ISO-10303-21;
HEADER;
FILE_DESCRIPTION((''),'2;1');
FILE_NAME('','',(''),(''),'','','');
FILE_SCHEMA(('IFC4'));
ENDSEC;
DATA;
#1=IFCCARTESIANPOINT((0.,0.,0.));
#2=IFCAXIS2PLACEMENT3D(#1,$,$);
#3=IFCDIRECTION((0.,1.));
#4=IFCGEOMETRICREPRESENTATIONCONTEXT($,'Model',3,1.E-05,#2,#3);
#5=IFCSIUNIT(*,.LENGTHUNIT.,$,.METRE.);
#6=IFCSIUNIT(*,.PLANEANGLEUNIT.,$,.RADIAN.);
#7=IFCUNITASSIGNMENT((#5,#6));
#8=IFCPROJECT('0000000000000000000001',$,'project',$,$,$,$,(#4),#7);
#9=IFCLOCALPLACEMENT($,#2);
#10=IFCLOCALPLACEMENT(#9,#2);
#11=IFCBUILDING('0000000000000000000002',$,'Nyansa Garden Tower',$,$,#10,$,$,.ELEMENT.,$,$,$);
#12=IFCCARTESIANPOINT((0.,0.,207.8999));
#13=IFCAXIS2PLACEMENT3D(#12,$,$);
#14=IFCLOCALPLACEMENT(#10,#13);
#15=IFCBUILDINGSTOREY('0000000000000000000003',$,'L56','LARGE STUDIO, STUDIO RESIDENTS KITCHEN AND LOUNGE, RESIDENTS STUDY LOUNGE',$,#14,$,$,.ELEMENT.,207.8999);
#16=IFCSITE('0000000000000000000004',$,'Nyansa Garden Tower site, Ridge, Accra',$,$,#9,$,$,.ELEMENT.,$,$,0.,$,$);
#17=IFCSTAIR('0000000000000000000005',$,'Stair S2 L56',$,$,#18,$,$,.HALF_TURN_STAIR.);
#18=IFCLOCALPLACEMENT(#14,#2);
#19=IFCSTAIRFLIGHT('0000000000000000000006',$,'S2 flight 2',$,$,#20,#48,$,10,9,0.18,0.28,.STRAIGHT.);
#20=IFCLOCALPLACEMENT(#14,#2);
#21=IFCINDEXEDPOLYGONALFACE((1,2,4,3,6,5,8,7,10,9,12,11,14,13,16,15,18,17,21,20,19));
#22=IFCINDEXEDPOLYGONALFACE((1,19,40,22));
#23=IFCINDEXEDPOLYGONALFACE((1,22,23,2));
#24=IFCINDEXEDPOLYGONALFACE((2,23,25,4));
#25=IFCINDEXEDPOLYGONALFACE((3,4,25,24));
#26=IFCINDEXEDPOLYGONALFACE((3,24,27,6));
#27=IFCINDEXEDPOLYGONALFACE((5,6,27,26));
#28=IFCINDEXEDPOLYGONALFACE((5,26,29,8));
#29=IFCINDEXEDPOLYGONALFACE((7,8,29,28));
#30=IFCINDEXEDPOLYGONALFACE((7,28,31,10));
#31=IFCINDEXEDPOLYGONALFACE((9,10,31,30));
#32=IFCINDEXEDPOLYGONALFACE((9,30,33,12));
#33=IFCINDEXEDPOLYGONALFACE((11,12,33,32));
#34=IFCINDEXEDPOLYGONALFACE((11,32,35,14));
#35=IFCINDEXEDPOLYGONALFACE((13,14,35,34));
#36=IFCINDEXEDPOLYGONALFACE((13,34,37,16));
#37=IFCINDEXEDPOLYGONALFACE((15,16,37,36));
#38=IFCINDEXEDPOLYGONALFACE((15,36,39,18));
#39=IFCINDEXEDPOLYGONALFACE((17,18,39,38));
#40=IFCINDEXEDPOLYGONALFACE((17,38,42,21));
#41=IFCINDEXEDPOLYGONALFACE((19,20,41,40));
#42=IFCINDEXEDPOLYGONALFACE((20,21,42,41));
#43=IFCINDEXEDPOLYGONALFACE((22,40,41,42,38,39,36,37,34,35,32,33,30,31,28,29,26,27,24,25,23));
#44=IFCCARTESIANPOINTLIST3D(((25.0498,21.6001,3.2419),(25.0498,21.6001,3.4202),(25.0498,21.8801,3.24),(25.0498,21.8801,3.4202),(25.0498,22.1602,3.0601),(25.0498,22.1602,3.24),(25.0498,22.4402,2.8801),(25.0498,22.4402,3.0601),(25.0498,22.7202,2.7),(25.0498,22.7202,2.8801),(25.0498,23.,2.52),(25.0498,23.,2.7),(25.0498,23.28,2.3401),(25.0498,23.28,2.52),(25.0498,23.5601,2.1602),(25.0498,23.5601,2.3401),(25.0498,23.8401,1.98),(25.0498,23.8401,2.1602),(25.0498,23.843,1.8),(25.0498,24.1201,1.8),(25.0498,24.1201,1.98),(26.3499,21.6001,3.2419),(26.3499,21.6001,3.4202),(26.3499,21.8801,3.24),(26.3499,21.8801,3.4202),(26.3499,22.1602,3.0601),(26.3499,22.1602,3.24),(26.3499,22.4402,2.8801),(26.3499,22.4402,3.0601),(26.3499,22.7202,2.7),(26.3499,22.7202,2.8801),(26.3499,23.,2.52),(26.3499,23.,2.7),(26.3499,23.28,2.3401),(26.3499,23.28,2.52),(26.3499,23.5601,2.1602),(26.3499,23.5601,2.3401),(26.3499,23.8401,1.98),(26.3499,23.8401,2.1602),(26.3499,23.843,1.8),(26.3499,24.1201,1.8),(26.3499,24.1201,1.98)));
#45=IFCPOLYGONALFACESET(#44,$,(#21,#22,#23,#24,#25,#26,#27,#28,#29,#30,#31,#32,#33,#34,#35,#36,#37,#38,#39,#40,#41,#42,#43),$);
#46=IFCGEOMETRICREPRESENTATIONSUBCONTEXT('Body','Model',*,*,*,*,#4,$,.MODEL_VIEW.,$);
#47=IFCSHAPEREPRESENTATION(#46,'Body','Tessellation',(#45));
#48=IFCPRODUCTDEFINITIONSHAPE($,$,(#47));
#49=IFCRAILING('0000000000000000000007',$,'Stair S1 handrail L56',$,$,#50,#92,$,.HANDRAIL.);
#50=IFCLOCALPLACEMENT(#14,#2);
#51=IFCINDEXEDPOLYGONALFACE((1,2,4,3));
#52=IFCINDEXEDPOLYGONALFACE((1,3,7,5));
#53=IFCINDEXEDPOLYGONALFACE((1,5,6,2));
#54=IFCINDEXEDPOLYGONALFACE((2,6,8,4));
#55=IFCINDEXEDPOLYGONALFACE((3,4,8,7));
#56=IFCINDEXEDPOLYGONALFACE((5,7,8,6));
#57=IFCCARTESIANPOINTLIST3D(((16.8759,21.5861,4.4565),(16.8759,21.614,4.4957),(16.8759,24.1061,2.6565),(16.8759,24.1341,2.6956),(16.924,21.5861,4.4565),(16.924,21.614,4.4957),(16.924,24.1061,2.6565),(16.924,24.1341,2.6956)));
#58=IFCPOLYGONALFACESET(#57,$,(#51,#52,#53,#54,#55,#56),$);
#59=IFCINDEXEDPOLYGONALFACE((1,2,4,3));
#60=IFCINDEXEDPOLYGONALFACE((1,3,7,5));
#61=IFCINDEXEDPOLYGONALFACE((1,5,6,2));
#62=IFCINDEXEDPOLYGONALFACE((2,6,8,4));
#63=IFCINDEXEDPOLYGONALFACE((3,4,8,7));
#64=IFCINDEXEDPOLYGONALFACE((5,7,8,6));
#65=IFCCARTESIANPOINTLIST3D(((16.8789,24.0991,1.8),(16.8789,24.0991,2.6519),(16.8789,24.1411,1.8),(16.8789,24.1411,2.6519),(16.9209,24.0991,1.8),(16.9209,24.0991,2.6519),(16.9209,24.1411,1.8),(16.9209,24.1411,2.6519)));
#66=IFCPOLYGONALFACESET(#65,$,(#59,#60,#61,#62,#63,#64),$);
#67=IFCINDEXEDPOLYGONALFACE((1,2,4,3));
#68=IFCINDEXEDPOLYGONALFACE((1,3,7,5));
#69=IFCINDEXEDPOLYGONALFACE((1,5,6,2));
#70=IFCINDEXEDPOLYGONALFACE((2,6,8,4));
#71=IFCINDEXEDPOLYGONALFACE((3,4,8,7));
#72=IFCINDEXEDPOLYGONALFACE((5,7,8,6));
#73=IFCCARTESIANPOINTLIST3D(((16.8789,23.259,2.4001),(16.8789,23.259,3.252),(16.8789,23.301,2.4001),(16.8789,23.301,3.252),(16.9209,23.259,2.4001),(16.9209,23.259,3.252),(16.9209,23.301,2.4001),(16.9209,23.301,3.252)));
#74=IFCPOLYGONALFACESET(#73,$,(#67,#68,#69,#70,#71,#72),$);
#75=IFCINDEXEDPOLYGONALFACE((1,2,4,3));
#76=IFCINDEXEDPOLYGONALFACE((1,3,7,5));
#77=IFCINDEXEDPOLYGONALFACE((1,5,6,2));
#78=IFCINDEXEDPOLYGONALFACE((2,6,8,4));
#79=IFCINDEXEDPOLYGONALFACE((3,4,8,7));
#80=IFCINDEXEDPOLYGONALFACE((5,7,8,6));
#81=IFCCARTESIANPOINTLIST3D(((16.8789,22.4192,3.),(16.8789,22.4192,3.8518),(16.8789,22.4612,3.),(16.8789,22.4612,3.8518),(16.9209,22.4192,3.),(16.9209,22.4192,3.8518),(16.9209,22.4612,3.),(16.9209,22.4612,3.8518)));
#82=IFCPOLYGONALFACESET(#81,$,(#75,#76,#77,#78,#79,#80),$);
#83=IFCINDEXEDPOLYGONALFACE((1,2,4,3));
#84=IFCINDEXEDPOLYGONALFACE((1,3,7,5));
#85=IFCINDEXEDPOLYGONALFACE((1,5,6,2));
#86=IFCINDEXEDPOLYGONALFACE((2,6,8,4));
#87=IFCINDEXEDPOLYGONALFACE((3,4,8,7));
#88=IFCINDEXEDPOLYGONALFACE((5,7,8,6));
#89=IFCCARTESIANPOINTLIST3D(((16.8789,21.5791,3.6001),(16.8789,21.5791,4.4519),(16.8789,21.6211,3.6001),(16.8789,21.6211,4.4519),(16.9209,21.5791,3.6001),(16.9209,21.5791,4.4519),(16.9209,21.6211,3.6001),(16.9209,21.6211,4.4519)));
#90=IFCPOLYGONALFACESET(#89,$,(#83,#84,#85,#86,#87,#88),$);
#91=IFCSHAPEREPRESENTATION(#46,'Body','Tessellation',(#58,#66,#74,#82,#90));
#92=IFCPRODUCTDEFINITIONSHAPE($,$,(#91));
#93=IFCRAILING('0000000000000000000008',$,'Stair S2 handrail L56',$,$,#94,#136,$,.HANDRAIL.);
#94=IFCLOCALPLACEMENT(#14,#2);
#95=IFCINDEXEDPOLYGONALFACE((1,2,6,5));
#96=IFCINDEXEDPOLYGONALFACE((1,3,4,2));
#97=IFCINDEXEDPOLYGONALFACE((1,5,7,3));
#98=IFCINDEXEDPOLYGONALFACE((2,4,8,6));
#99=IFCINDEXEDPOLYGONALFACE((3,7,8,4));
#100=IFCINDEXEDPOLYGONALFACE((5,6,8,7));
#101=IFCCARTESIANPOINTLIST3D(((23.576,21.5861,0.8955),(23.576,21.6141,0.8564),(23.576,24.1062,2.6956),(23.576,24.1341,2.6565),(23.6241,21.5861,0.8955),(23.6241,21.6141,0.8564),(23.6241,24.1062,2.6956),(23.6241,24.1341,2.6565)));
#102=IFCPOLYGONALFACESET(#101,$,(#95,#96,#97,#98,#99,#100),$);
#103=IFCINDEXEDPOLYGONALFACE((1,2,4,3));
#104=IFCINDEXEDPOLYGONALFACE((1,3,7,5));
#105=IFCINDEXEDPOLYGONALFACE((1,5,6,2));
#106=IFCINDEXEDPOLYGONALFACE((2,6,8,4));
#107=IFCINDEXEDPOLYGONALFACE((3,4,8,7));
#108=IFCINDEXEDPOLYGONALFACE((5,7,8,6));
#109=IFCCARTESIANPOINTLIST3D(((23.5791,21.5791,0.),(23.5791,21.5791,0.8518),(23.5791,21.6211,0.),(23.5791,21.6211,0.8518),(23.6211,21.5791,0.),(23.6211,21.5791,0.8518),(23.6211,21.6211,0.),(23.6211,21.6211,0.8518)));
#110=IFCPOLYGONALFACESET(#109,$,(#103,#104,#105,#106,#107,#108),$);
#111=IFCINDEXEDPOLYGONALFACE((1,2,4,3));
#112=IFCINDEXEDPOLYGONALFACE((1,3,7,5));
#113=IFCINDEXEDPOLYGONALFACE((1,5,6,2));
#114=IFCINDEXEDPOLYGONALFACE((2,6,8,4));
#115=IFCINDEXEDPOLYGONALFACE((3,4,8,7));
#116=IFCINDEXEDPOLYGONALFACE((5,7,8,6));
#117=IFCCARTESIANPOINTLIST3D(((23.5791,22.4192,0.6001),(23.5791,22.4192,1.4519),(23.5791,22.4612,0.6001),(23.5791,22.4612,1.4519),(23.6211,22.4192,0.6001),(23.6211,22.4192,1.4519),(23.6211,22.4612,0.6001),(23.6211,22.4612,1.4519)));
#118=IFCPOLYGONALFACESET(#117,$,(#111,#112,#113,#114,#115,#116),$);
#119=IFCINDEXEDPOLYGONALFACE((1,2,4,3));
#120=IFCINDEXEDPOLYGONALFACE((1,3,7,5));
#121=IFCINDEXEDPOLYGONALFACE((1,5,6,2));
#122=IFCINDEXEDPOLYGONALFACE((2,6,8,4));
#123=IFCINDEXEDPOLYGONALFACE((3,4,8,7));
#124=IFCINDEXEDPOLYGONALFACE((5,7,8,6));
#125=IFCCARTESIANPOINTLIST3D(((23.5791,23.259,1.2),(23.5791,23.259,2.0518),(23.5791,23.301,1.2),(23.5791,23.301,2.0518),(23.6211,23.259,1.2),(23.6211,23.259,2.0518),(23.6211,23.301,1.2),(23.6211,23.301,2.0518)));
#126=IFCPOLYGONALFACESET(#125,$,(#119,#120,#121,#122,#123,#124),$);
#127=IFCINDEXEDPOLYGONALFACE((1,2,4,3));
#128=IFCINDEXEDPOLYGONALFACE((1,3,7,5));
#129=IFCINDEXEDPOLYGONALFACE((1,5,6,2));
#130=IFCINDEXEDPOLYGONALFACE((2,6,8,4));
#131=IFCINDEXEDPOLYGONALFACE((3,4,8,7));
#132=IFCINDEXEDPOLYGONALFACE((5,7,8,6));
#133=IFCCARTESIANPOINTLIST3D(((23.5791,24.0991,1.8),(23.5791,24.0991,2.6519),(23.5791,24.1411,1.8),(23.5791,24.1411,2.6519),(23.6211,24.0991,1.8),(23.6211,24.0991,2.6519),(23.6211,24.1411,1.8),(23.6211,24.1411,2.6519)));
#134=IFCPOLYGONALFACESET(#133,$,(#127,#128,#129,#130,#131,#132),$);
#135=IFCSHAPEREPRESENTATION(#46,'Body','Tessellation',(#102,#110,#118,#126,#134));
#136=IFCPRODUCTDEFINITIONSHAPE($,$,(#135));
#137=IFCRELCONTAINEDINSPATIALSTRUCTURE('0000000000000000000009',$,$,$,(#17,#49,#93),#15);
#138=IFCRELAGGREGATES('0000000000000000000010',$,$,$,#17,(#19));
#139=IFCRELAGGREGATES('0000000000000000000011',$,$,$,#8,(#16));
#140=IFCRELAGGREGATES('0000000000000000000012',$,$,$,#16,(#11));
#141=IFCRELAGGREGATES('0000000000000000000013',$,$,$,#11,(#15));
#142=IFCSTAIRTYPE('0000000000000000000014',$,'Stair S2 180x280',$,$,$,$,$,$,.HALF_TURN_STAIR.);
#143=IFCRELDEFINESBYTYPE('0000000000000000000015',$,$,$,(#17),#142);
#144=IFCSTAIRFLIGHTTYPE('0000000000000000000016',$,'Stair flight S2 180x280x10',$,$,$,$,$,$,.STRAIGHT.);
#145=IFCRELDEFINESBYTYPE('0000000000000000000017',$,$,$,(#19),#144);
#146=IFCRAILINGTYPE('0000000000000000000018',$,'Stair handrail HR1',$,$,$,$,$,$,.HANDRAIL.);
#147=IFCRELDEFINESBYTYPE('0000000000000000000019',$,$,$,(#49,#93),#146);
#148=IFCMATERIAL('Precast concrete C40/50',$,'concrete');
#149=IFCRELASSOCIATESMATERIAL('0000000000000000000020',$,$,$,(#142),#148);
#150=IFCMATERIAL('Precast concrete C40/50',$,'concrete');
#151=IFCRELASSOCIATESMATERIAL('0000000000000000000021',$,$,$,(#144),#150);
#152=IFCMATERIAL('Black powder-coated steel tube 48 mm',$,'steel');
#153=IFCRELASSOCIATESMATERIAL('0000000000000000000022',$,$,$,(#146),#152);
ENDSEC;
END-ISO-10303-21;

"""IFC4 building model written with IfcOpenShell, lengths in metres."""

from ifc_helpers import new_model, si_unit, direction, frame, origin, origin_2d, place, context, subcontext, project, spatial, polyline, rectangle, outline, extrude, material, type_object, element, aggregate, save


model = new_model("IFC4")

# Units and contexts
model_context = context("Model", 3, precision=1e-05, world=origin(), true_north=direction((0.0, 1.0)))
body_context = subcontext(model_context, "Body", "Model", "MODEL_VIEW")
ifc_project = project(units=[si_unit("LENGTHUNIT", "METRE"), si_unit("PLANEANGLEUNIT", "RADIAN")], contexts=[model_context])

# Site, building, storey
site_placement = place(None, origin())
site = spatial("IfcSite", under=ifc_project, at=site_placement, Name="Nyansa Garden Tower site, Ridge, Accra", CompositionType="ELEMENT", RefElevation=0.0)
building_placement = place(site_placement, origin())
building = spatial("IfcBuilding", under=site, at=building_placement, Name="Nyansa Garden Tower", CompositionType="ELEMENT")
storey_placement = place(building_placement, frame((0.0, 0.0, 207.8999)))
storey = spatial("IfcBuildingStorey", under=building, at=storey_placement, Name="L56", Description="LARGE STUDIO, STUDIO RESIDENTS KITCHEN AND LOUNGE, RESIDENTS STUDY LOUNGE", CompositionType="ELEMENT", Elevation=207.8999)

# Stair, stair flight
ifc_material_1 = material(Name="Precast concrete C40/50", Category="concrete")
stair_type_1 = type_object("IfcStairType", Name="Stair S2 180x280", PredefinedType="HALF_TURN_STAIR", material=ifc_material_1)
stair_1_placement = place(storey_placement, origin())
stair_1 = element("IfcStair", 1, at=stair_1_placement, inside=storey, type_object=stair_type_1, Name="Stair S2 L56", PredefinedType="HALF_TURN_STAIR")
ifc_material_2 = material(Name="Precast concrete C40/50", Category="concrete")
stair_flight_type_1 = type_object("IfcStairFlightType", Name="Stair flight S2 180x280x10", PredefinedType="STRAIGHT", material=ifc_material_2)
stair_flight_1_placement = place(storey_placement, frame((25.7, 24.1201, 1.8), z_axis=(0.0, 0.0, 1.0), x_axis=(0.0, -1.0, 0.0)))
stair_flight_1 = element("IfcStairFlight", 2, at=stair_flight_1_placement, type_object=stair_flight_type_1, Name="S2 flight 2", NumberOfRisers=10, NumberOfTreads=9, PredefinedType="STRAIGHT", RiserHeight=0.18, TreadLength=0.28, context=body_context, shape_type="SweptSolid", body=[
    extrude(outline(polyline([(0.0, 0.0), (0.0, 0.1799), (0.28, 0.1799), (0.28, 0.3601), (0.5601, 0.3601), (0.5601, 0.54), (0.8401, 0.54), (0.8401, 0.72), (1.1201, 0.72), (1.1201, 0.8999), (1.3999, 0.8999), (1.3999, 1.0801), (1.6799, 1.0801), (1.6799, 1.26), (1.96, 1.26), (1.96, 1.4399), (2.24, 1.4399), (2.24, 1.6201), (2.52, 1.6201), (2.52, 1.8), (2.52, 1.4419), (0.2771, 0.0), (0.0, 0.0)])), frame((0.0, 0.6499, 0.0), z_axis=(0.0, -1.0, 0.0), x_axis=(1.0, 0.0, 0.0)), (0.0, 0.0, 1.0), 1.3),
])
aggregate(stair_1, [stair_flight_1])

# Railings
ifc_material_3 = material(Name="Black powder-coated steel tube 48 mm", Category="steel")
railing_type = type_object("IfcRailingType", Name="Stair handrail HR1", PredefinedType="HANDRAIL", material=ifc_material_3)
railing_1_placement = place(storey_placement, frame((16.8999, 24.1201, 1.8)))
element("IfcRailing", 3, at=railing_1_placement, inside=storey, type_object=railing_type, Name="Stair S1 handrail L56", PredefinedType="HANDRAIL", context=body_context, shape_type="SweptSolid", body=[
    extrude(rectangle(XDim=0.0481, YDim=0.0481, at=origin_2d()), frame((0.0, 0.0, 0.876), z_axis=(0.0, -0.813728, 0.581246), x_axis=(1.0, 0.0, 0.0)), (0.0, 0.0, 1.0), 3.0969),
    extrude(rectangle(XDim=0.042, YDim=0.042, at=origin_2d()), origin(), (0.0, 0.0, 1.0), 0.8518),
    extrude(rectangle(XDim=0.042, YDim=0.042, at=origin_2d()), frame((0.0, -0.8401, 0.6001)), (0.0, 0.0, 1.0), 0.8518),
    extrude(rectangle(XDim=0.042, YDim=0.042, at=origin_2d()), frame((0.0, -1.6799, 1.2)), (0.0, 0.0, 1.0), 0.8518),
    extrude(rectangle(XDim=0.042, YDim=0.042, at=origin_2d()), frame((0.0, -2.52, 1.8)), (0.0, 0.0, 1.0), 0.8518),
])
railing_2_placement = place(storey_placement, frame((23.6001, 21.6001, 0.0)))
element("IfcRailing", 4, at=railing_2_placement, inside=storey, type_object=railing_type, Name="Stair S2 handrail L56", PredefinedType="HANDRAIL", context=body_context, shape_type="SweptSolid", body=[
    extrude(rectangle(XDim=0.0481, YDim=0.0481, at=origin_2d()), frame((0.0, 0.0, 0.876), z_axis=(0.0, 0.813728, 0.581246), x_axis=(-1.0, 0.0, 0.0)), (0.0, 0.0, 1.0), 3.0969),
    extrude(rectangle(XDim=0.042, YDim=0.042, at=origin_2d()), origin(), (0.0, 0.0, 1.0), 0.8518),
    extrude(rectangle(XDim=0.042, YDim=0.042, at=origin_2d()), frame((0.0, 0.8401, 0.6001)), (0.0, 0.0, 1.0), 0.8518),
    extrude(rectangle(XDim=0.042, YDim=0.042, at=origin_2d()), frame((0.0, 1.6799, 1.2)), (0.0, 0.0, 1.0), 0.8518),
    extrude(rectangle(XDim=0.042, YDim=0.042, at=origin_2d()), frame((0.0, 2.52, 1.8)), (0.0, 0.0, 1.0), 0.8518),
])

save(model, "model.ifc")
